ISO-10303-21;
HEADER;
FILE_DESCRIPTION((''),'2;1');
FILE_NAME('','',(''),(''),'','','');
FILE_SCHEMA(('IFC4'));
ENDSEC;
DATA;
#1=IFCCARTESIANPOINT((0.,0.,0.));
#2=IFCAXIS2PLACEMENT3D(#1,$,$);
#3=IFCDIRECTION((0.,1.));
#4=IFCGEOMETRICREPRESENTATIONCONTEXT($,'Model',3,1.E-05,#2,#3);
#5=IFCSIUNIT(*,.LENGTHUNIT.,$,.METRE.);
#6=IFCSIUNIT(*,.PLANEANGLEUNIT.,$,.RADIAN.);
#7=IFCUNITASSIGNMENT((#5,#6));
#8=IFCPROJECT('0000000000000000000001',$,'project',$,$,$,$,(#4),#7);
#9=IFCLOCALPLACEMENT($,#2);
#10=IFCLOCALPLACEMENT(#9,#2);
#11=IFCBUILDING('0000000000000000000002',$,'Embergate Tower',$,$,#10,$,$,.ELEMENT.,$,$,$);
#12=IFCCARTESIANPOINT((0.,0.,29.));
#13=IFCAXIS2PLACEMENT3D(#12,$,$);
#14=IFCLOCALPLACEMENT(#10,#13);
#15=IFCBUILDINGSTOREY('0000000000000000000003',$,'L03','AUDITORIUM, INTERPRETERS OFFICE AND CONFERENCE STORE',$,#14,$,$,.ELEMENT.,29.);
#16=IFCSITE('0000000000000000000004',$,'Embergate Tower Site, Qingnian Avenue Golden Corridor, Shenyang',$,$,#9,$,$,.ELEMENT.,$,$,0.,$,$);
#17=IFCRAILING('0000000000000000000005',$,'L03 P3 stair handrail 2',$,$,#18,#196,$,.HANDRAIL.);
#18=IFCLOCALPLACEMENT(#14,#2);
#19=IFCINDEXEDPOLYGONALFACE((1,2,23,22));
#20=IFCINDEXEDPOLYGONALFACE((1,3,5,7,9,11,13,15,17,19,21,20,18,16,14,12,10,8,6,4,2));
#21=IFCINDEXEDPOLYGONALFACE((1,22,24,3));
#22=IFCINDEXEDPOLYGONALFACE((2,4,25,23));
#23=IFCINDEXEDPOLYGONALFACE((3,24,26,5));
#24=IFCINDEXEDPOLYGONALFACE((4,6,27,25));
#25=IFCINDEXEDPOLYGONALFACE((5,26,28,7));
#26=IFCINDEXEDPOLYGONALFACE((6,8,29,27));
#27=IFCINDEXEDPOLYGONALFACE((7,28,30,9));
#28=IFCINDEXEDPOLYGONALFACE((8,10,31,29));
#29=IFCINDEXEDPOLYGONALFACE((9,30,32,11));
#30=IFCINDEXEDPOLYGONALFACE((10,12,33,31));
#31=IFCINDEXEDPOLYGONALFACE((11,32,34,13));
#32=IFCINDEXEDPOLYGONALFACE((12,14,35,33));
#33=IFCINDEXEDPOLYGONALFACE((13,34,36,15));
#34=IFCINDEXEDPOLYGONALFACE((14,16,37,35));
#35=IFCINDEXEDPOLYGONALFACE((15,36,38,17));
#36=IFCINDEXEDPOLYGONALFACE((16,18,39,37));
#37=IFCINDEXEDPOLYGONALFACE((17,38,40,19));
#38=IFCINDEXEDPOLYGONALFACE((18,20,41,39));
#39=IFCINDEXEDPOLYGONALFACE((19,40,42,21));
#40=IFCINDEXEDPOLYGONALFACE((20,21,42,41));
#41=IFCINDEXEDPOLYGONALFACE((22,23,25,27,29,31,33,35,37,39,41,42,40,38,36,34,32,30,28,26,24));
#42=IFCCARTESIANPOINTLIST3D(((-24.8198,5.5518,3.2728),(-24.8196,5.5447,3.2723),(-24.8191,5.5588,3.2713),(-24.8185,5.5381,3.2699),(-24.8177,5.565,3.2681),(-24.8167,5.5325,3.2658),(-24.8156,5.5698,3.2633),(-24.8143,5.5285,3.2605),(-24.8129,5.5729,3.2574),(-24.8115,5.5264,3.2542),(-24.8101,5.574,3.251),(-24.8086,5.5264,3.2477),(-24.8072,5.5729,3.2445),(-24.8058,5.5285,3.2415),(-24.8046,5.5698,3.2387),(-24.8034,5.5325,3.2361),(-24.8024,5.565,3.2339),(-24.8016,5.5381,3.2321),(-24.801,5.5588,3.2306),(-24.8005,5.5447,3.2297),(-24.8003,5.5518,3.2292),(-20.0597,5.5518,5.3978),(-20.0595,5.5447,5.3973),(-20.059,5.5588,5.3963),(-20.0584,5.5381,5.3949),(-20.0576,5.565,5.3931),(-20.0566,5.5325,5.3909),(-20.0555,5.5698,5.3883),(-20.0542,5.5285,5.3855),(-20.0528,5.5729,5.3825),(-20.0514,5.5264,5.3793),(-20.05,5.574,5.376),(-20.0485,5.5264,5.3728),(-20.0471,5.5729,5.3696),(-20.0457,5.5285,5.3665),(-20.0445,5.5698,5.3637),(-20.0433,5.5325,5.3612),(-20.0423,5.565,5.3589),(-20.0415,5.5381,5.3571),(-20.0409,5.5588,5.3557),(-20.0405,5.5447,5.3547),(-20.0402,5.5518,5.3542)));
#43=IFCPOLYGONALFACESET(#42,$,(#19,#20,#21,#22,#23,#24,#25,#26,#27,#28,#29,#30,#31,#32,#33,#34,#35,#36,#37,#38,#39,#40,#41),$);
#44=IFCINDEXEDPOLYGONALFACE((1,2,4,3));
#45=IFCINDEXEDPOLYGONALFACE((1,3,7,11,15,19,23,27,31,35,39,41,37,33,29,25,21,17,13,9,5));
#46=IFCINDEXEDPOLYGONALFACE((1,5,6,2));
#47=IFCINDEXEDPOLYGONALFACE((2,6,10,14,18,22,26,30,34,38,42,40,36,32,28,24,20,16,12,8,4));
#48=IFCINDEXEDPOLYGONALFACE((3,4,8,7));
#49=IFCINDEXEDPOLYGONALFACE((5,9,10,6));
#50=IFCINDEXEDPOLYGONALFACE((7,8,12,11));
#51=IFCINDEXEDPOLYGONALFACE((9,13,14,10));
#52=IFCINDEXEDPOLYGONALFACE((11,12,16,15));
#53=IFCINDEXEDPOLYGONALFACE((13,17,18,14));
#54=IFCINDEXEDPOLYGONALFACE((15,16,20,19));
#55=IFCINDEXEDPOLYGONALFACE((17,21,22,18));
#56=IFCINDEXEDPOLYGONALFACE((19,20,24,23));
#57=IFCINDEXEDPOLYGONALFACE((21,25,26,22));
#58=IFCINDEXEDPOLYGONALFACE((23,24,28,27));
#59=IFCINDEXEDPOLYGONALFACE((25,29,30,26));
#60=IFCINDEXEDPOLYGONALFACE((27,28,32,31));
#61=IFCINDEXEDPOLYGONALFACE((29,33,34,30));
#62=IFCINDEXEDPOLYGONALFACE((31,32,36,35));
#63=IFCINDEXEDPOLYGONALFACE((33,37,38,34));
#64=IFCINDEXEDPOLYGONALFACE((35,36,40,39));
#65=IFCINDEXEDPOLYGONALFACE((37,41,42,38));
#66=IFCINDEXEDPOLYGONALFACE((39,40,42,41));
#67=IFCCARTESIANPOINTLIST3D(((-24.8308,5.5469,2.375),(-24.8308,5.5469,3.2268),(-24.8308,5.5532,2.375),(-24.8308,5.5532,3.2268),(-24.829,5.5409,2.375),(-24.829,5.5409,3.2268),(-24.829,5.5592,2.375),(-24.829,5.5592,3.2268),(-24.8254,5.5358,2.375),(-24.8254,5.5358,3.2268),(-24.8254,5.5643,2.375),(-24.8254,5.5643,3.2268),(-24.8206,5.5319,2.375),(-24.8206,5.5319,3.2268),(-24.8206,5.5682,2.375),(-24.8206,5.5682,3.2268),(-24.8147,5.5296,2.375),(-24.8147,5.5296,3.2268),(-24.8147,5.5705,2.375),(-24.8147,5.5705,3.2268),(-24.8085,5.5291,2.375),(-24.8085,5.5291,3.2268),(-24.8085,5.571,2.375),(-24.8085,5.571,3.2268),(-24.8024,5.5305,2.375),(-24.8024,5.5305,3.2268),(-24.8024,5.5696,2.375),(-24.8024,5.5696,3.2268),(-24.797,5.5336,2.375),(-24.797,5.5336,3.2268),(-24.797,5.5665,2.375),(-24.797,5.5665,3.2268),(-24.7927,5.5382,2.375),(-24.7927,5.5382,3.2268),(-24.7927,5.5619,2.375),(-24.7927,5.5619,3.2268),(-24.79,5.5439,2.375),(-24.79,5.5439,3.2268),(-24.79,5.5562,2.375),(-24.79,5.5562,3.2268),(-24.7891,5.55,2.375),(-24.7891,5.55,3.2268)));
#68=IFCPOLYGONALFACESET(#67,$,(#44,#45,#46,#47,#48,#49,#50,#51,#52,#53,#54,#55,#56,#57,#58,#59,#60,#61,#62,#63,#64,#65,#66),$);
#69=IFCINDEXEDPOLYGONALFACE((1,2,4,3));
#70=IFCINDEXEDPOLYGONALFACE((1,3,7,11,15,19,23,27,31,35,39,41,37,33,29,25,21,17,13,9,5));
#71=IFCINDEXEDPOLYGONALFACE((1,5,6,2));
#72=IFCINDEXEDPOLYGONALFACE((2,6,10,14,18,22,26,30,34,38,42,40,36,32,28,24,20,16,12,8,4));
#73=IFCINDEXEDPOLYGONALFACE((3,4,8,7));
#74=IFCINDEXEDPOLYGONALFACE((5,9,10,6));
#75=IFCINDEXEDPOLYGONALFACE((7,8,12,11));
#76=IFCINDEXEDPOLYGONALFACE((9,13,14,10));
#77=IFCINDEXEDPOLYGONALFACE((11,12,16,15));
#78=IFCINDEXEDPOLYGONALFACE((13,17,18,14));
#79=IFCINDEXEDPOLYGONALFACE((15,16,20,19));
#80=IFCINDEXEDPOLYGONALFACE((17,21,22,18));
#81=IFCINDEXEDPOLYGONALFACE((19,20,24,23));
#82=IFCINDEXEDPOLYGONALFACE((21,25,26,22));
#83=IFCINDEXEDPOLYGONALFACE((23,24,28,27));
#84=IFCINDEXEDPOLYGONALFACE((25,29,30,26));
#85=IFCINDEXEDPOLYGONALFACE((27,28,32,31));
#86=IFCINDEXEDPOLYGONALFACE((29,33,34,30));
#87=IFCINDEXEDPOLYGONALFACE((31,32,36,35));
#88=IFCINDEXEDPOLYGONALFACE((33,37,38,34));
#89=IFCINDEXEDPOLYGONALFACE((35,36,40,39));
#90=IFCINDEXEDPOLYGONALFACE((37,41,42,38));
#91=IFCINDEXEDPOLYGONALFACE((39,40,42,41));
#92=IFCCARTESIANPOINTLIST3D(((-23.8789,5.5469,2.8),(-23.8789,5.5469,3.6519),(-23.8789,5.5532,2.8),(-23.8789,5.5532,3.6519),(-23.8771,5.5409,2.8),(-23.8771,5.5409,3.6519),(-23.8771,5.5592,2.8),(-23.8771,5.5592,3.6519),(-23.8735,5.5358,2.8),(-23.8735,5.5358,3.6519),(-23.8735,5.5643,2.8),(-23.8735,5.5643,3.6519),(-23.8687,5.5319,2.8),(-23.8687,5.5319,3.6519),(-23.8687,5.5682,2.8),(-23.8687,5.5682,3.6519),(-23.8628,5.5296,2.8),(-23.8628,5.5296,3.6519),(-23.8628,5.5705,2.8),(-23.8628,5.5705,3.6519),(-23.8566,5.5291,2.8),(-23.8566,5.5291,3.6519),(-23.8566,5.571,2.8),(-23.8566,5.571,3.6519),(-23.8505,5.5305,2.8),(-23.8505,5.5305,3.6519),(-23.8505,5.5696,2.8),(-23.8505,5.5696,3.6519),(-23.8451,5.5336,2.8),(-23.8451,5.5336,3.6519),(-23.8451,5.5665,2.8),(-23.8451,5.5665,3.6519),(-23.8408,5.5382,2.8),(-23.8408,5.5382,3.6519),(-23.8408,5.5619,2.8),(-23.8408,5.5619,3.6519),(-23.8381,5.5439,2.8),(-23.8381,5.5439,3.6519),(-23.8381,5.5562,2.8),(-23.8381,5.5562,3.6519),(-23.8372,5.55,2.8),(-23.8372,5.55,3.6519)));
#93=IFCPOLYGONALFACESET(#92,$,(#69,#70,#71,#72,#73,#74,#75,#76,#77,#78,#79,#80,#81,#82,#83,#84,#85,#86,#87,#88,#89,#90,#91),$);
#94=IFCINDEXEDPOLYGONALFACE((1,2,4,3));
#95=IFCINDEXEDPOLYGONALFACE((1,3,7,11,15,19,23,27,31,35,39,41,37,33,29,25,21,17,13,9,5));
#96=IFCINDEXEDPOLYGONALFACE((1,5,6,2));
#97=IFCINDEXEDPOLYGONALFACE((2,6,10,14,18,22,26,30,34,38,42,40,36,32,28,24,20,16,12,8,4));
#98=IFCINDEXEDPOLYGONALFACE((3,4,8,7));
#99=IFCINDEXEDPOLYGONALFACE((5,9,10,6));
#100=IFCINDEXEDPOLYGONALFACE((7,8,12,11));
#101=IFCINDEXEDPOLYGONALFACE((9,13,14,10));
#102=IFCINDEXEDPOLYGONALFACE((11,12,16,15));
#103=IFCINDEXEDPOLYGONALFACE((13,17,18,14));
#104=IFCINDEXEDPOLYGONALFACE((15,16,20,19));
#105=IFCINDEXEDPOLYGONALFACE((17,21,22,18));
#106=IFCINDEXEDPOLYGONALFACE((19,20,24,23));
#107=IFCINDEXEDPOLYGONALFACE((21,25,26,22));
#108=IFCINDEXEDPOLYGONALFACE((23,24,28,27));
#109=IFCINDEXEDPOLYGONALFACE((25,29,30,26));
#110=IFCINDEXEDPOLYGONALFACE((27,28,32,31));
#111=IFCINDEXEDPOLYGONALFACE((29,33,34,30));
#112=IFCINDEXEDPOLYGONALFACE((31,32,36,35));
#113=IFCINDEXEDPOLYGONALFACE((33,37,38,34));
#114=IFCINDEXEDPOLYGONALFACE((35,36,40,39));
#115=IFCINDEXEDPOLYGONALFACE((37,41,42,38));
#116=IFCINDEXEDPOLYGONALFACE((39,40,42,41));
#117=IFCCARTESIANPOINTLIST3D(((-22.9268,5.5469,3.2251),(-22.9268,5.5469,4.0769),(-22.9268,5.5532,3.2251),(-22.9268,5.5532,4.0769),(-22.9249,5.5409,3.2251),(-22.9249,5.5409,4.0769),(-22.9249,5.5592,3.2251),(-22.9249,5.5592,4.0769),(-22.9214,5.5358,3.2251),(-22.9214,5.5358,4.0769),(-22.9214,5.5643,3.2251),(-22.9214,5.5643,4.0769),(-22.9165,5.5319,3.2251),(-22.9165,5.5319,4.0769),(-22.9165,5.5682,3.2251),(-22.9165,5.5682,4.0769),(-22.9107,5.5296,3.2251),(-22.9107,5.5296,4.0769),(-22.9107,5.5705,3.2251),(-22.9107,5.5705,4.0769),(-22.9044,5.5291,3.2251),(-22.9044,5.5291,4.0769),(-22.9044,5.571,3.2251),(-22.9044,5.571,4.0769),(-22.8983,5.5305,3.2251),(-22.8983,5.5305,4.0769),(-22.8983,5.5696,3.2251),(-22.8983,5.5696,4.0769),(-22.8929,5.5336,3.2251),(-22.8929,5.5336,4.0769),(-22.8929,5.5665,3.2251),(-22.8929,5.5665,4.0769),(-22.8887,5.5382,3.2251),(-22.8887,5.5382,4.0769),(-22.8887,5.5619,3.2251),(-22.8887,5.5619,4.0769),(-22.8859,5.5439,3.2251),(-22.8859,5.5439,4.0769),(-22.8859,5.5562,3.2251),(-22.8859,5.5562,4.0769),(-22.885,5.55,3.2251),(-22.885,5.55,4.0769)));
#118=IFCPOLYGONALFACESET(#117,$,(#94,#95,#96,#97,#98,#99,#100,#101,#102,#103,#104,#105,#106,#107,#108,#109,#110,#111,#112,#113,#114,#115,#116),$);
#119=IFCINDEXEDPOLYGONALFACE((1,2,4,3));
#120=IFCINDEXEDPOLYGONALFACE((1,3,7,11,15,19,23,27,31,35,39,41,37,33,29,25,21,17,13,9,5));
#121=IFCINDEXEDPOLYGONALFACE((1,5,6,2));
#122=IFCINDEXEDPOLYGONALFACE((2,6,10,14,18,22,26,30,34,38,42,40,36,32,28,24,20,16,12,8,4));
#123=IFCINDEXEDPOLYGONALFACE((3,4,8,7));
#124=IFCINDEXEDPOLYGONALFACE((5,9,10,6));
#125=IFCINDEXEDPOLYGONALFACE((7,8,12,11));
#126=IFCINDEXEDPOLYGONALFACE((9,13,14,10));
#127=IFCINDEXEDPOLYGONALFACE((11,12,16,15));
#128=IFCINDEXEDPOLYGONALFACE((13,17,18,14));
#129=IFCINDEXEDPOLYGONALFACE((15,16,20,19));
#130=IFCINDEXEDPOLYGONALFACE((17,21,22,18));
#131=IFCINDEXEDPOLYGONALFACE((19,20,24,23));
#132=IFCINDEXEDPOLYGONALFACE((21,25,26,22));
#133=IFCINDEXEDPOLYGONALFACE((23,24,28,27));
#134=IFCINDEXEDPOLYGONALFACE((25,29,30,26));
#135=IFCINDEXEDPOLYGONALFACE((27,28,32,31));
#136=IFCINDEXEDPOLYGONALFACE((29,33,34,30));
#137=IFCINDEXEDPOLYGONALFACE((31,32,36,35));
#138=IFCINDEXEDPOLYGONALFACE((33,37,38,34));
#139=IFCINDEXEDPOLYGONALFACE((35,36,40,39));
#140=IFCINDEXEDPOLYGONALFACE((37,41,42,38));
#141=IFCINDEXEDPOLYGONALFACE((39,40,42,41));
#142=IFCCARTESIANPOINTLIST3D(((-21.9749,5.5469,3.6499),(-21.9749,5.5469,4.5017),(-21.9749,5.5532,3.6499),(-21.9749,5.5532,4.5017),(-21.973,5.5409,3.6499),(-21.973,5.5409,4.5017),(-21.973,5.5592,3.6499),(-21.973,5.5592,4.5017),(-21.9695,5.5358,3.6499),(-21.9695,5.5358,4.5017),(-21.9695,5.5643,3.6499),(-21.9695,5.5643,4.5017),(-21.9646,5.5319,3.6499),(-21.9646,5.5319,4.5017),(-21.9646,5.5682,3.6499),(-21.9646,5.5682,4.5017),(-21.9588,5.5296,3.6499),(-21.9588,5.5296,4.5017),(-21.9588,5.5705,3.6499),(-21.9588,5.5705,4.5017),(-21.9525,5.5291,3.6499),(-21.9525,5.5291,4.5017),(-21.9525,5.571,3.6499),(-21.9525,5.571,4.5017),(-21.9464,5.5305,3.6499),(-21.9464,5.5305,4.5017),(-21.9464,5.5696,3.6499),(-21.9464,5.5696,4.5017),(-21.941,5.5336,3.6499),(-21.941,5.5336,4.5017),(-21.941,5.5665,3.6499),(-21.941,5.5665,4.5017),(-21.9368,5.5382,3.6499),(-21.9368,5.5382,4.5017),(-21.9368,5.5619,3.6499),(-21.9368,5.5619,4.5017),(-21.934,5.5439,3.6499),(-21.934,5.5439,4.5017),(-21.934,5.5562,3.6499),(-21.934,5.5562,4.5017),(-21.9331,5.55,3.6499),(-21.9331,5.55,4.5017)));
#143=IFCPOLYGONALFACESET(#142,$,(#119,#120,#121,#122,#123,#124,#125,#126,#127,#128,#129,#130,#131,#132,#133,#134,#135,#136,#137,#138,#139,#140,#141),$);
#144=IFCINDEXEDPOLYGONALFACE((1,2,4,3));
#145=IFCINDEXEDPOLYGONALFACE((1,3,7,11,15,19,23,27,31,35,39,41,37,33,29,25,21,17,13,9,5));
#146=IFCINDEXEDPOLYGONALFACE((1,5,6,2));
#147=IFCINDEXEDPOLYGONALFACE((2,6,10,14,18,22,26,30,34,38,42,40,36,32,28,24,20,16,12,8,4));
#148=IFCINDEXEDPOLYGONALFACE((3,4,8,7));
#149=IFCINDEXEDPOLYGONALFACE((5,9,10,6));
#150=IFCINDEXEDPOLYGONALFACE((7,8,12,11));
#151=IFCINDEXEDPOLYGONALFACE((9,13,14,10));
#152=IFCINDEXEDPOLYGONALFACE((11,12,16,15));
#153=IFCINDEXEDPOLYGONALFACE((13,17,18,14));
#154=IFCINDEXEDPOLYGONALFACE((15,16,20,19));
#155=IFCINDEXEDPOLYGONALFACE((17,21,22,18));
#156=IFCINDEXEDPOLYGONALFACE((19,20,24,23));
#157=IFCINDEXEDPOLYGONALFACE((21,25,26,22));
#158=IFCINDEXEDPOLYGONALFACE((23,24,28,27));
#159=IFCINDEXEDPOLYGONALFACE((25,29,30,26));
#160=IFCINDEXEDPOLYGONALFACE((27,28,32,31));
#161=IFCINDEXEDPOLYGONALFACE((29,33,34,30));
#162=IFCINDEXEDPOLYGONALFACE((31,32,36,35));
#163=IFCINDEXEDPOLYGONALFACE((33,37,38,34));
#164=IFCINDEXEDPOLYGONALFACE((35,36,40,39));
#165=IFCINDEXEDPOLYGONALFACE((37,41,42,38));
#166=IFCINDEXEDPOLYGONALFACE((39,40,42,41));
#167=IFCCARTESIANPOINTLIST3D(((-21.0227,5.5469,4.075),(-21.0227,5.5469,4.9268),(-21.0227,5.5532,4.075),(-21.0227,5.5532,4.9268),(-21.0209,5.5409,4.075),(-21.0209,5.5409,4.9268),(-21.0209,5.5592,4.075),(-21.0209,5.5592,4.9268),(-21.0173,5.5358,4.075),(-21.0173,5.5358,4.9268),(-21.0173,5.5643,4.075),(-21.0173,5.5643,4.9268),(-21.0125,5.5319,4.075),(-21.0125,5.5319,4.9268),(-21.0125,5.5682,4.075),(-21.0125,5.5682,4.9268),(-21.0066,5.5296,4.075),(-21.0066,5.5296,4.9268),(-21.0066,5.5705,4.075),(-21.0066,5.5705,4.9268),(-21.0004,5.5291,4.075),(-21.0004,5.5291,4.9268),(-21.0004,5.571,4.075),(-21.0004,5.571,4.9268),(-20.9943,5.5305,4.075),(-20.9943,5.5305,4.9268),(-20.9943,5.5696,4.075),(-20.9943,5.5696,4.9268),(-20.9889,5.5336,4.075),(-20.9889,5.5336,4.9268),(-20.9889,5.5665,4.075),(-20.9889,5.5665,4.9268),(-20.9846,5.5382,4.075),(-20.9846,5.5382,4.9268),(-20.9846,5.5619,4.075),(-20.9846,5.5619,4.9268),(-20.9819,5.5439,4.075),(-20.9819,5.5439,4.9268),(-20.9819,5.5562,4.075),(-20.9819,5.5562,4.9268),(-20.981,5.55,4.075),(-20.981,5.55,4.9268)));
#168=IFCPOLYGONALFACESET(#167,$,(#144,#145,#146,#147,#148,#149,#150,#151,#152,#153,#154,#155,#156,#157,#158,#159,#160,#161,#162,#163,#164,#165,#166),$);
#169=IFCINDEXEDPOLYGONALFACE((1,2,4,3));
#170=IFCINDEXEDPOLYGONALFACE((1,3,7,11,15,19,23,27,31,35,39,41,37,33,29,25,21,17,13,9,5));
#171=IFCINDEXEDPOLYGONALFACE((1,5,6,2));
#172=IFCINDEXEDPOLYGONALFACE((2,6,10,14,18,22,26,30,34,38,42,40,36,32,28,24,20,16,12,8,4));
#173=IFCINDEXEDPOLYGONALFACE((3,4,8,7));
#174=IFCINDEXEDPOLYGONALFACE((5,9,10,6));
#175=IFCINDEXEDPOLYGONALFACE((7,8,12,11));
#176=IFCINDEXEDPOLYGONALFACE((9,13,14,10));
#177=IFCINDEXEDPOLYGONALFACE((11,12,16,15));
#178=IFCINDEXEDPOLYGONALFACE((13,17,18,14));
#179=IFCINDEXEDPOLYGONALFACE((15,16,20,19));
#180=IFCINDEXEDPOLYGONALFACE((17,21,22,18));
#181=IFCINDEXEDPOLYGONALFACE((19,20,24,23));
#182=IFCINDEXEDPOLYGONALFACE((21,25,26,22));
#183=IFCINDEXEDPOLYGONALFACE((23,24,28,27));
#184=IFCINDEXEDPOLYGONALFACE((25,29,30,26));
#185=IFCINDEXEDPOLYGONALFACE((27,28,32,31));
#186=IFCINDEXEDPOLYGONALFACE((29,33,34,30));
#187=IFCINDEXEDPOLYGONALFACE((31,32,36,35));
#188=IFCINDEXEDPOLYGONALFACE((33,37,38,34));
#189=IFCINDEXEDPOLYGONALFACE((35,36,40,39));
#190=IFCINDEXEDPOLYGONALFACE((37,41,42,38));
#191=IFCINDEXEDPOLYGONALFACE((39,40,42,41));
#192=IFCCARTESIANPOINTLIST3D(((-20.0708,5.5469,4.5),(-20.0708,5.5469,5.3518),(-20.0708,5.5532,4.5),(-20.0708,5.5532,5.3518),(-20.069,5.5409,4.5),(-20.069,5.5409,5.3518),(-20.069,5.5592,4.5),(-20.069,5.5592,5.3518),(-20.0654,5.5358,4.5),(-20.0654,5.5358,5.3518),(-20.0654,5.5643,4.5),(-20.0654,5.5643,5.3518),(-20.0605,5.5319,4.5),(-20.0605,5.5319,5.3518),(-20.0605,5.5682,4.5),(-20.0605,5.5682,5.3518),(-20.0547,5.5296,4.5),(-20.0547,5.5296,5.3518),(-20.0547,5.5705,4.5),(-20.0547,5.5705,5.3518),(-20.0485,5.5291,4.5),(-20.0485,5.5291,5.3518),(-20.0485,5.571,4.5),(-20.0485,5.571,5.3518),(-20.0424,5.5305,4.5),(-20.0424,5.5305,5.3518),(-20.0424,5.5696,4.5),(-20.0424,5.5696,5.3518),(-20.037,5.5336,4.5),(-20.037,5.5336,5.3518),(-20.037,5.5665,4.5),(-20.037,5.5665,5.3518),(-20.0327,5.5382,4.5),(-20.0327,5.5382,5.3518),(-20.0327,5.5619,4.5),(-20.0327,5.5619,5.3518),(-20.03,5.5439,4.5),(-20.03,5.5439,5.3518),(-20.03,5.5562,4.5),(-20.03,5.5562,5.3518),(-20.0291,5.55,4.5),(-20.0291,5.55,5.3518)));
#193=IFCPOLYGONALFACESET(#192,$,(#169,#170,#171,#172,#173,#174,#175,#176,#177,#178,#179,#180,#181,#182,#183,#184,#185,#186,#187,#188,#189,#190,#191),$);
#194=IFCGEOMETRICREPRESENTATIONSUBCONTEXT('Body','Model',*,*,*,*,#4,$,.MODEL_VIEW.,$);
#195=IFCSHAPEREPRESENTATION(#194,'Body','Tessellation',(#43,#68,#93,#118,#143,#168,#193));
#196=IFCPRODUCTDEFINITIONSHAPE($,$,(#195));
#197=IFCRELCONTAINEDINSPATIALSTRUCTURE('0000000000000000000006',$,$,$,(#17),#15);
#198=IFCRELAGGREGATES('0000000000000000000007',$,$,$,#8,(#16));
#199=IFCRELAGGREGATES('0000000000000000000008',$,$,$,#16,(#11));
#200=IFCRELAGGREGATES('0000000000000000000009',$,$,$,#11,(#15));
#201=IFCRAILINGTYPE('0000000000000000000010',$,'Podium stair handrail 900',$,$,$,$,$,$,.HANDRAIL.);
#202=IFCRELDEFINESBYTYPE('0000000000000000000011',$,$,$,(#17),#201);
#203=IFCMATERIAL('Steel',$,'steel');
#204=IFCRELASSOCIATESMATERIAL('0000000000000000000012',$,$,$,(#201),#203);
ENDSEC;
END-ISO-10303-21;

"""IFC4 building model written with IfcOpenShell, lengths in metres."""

from ifc_helpers import new_model, si_unit, direction, frame, origin, origin_2d, place, context, subcontext, project, spatial, circle, extrude, source, transform, mapped, material, type_object, element, save


model = new_model("IFC4")

# Units and contexts
model_context = context("Model", 3, precision=1e-05, world=origin(), true_north=direction((0.0, 1.0)))
body_context = subcontext(model_context, "Body", "Model", "MODEL_VIEW")
ifc_project = project(units=[si_unit("LENGTHUNIT", "METRE"), si_unit("PLANEANGLEUNIT", "RADIAN")], contexts=[model_context])

# Site, building, storey
site_placement = place(None, origin())
site = spatial("IfcSite", under=ifc_project, at=site_placement, Name="Embergate Tower Site, Qingnian Avenue Golden Corridor, Shenyang", CompositionType="ELEMENT", RefElevation=0.0)
building_placement = place(site_placement, origin())
building = spatial("IfcBuilding", under=site, at=building_placement, Name="Embergate Tower", CompositionType="ELEMENT")
storey_placement = place(building_placement, frame((0.0, 0.0, 29.0)))
storey = spatial("IfcBuildingStorey", under=building, at=storey_placement, Name="L03", Description="AUDITORIUM, INTERPRETERS OFFICE AND CONFERENCE STORE", CompositionType="ELEMENT", Elevation=29.0)

# Railing
ifc_material_1 = material(Name="Steel", Category="steel")
railing_type_1 = type_object("IfcRailingType", Name="Podium stair handrail 900", PredefinedType="HANDRAIL", material=ifc_material_1)
shared_shape_1 = source(origin(), body_context, "Body", "SweptSolid", [
    extrude(circle(Radius=0.0239, at=origin_2d()), frame((0.0, 0.0, 0.876), z_axis=(0.913138, 0.0, 0.40765), x_axis=(0.0, 1.0, 0.0)), (0.0, 0.0, 1.0), 5.2129),
    extrude(circle(Radius=0.021, at=origin_2d()), origin(), (0.0, 0.0, 1.0), 0.8518),
    extrude(circle(Radius=0.021, at=origin_2d()), frame((0.9519, 0.0, 0.425)), (0.0, 0.0, 1.0), 0.8518),
    extrude(circle(Radius=0.021, at=origin_2d()), frame((1.9041, 0.0, 0.8501)), (0.0, 0.0, 1.0), 0.8518),
    extrude(circle(Radius=0.021, at=origin_2d()), frame((2.856, 0.0, 1.2749)), (0.0, 0.0, 1.0), 0.8518),
    extrude(circle(Radius=0.021, at=origin_2d()), frame((3.8081, 0.0, 1.7)), (0.0, 0.0, 1.0), 0.8518),
    extrude(circle(Radius=0.021, at=origin_2d()), frame((4.76, 0.0, 2.125)), (0.0, 0.0, 1.0), 0.8518),
])
railing_1_placement = place(storey_placement, frame((-24.8101, 5.55, 2.375)))
element("IfcRailing", 1, at=railing_1_placement, inside=storey, type_object=railing_type_1, Name="L03 P3 stair handrail 2", PredefinedType="HANDRAIL", context=body_context, shape_type="MappedRepresentation", body=[
    mapped(shared_shape_1, transform((0.0, 0.0, 0.0))),
])

save(model, "model.ifc")
